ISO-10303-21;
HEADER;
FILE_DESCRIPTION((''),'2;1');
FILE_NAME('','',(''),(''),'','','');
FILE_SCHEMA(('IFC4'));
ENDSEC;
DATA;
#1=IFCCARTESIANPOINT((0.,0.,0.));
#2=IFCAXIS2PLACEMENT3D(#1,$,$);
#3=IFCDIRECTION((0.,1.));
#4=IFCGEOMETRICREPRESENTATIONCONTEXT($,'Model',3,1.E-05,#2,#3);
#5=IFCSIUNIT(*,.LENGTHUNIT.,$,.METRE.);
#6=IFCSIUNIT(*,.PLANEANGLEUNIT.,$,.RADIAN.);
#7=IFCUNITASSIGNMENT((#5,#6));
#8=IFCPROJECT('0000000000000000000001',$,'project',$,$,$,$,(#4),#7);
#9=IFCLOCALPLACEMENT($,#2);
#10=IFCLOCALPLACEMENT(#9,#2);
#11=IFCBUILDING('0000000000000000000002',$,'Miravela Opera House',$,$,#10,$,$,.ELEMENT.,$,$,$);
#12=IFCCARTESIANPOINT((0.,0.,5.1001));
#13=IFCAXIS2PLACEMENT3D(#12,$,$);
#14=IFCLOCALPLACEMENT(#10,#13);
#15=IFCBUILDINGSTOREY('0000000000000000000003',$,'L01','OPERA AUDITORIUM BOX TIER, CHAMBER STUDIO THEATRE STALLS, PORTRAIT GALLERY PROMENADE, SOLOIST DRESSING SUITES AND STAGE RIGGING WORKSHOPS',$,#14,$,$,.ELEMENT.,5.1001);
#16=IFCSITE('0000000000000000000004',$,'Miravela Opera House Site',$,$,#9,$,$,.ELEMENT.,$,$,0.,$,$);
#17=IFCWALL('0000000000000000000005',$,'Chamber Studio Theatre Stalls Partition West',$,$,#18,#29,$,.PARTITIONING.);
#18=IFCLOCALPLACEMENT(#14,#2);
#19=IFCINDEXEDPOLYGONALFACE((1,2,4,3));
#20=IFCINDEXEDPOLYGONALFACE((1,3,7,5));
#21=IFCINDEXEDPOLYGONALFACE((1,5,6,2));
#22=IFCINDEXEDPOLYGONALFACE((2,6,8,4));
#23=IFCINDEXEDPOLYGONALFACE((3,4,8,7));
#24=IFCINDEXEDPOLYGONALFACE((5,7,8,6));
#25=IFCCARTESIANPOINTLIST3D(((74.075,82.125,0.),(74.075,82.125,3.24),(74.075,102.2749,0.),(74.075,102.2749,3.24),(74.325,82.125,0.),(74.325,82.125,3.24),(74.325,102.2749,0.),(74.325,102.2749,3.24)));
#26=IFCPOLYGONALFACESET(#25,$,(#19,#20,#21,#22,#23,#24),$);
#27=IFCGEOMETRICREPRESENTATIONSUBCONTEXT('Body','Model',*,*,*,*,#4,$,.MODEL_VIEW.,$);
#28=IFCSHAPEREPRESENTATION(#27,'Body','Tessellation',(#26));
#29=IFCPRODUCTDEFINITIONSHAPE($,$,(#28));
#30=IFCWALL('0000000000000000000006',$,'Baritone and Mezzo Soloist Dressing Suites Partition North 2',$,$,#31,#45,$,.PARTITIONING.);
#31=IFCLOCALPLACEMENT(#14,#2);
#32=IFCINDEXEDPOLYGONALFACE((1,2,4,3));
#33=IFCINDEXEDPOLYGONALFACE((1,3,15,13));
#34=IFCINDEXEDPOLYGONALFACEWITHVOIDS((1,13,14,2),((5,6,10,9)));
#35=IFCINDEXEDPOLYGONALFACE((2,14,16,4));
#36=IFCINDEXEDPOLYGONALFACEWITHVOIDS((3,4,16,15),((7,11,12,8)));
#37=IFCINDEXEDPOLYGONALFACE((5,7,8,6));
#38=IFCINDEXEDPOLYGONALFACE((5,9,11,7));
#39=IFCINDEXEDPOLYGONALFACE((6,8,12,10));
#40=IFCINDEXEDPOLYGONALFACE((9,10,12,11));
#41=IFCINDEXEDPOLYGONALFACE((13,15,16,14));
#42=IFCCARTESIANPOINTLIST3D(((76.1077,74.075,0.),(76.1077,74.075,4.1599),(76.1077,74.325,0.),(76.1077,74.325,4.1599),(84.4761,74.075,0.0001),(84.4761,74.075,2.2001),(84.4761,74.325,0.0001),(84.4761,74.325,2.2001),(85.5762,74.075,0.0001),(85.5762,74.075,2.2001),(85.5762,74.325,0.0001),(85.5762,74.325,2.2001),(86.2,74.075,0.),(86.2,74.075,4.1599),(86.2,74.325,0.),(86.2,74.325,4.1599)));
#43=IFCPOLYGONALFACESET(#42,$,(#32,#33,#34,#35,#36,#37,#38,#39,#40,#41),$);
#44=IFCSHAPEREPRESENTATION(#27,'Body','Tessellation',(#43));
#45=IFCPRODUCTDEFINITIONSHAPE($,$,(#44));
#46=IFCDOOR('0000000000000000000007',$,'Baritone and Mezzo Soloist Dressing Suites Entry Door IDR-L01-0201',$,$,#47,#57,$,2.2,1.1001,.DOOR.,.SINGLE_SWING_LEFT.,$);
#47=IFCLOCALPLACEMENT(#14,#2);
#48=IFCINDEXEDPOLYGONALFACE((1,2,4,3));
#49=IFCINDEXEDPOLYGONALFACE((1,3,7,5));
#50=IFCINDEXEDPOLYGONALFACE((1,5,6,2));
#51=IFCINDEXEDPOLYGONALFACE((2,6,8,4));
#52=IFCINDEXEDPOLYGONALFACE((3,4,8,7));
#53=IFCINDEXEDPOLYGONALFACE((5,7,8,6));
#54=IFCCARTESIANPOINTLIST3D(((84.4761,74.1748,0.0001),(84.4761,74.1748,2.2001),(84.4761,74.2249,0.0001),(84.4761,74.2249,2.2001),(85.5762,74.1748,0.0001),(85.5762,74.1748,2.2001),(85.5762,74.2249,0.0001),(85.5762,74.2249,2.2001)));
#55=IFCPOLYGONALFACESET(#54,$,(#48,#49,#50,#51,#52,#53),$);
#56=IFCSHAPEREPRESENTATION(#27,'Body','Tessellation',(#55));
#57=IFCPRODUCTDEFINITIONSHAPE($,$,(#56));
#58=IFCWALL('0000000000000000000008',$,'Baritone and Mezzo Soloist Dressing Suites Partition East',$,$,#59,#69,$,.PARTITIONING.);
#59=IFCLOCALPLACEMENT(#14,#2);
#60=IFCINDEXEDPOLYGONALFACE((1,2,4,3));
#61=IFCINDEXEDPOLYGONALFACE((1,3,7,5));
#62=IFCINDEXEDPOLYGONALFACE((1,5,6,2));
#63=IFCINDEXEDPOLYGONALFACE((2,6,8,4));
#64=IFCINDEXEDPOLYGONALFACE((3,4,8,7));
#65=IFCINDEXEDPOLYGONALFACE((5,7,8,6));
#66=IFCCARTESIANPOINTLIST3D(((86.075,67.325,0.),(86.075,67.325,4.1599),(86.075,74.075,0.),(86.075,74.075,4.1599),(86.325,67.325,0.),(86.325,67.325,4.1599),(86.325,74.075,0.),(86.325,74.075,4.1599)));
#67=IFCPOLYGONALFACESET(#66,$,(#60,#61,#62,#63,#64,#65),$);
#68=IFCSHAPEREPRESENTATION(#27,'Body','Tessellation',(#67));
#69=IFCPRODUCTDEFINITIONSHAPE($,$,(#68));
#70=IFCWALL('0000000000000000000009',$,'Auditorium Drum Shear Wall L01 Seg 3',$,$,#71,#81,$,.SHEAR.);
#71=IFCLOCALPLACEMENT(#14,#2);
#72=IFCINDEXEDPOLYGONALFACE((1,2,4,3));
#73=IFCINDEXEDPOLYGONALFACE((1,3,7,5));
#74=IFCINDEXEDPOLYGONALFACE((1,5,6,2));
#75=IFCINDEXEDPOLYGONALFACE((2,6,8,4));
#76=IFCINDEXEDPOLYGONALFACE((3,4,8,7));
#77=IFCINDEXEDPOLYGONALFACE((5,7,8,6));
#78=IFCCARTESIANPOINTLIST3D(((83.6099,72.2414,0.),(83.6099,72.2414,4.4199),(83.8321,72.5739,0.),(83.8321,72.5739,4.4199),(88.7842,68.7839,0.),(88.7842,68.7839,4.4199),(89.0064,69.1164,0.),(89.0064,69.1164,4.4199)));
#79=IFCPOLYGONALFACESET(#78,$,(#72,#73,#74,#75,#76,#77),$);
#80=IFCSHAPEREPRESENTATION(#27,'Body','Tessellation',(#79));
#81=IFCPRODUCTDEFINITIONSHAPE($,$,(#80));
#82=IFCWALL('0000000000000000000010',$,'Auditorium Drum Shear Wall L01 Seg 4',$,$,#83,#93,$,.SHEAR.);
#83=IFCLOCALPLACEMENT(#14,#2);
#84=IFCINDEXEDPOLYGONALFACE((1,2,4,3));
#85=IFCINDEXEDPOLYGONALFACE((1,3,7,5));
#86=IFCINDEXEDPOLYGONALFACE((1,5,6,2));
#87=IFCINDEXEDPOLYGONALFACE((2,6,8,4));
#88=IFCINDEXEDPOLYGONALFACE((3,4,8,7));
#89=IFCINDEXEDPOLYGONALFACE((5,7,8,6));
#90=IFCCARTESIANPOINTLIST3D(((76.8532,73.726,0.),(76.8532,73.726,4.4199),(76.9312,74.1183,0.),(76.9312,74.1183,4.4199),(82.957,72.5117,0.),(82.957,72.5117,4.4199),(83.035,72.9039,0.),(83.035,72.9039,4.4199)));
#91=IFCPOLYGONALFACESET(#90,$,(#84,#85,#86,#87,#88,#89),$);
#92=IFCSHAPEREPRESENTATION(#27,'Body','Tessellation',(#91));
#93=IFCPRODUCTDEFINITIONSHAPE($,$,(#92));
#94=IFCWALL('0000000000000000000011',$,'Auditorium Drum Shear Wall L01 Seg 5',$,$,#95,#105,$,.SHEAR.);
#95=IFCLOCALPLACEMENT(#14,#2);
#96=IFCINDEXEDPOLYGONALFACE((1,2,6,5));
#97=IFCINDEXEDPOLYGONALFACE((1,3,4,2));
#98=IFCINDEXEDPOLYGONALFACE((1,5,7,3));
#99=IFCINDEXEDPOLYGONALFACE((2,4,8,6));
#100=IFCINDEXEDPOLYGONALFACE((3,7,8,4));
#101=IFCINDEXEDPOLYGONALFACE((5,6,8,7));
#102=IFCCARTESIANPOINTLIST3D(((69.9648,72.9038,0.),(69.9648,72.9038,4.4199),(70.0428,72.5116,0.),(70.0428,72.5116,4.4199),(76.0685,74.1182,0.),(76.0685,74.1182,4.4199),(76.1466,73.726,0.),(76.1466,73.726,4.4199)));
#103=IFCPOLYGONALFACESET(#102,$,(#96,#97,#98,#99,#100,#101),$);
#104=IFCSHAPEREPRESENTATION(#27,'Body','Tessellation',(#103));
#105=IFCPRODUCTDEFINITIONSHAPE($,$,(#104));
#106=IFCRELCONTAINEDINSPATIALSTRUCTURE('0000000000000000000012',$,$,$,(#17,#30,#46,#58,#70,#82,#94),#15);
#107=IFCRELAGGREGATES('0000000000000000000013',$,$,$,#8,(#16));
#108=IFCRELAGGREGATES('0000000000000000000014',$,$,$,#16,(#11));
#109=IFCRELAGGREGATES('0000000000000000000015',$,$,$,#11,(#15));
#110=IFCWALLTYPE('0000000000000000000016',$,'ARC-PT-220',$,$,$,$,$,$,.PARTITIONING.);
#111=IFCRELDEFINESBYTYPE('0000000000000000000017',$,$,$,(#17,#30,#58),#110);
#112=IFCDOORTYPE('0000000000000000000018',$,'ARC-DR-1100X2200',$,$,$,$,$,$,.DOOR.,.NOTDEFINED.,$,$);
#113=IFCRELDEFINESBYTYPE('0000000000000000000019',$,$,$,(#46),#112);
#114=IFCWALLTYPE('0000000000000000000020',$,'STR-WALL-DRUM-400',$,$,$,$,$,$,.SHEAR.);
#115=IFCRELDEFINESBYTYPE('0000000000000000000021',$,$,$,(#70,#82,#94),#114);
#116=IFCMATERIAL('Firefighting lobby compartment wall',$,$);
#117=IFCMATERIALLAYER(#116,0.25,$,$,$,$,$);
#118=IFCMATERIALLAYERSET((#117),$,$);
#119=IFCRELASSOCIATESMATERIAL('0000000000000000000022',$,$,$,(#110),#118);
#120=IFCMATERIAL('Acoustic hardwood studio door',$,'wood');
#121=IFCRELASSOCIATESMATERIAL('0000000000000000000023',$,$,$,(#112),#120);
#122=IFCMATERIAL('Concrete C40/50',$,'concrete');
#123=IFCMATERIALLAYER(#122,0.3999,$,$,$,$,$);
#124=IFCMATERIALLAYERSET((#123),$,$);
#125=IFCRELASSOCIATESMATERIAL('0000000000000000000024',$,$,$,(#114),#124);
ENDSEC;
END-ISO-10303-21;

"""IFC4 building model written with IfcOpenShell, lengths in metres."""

from ifc_helpers import new_model, si_unit, direction, frame, frame_2d, origin, place, context, subcontext, project, spatial, rectangle, extrude, material, layer, layer_set, type_object, element, fill, save


model = new_model("IFC4")

# Units and contexts
model_context = context("Model", 3, precision=1e-05, world=origin(), true_north=direction((0.0, 1.0)))
body_context = subcontext(model_context, "Body", "Model", "MODEL_VIEW")
ifc_project = project(units=[si_unit("LENGTHUNIT", "METRE"), si_unit("PLANEANGLEUNIT", "RADIAN")], contexts=[model_context])

# Site, building, storey
site_placement = place(None, origin())
site = spatial("IfcSite", under=ifc_project, at=site_placement, Name="Miravela Opera House Site", CompositionType="ELEMENT", RefElevation=0.0)
building_placement = place(site_placement, origin())
building = spatial("IfcBuilding", under=site, at=building_placement, Name="Miravela Opera House", CompositionType="ELEMENT")
storey_placement = place(building_placement, frame((0.0, 0.0, 5.1001)))
storey = spatial("IfcBuildingStorey", under=building, at=storey_placement, Name="L01", Description="OPERA AUDITORIUM BOX TIER, CHAMBER STUDIO THEATRE STALLS, PORTRAIT GALLERY PROMENADE, SOLOIST DRESSING SUITES AND STAGE RIGGING WORKSHOPS", CompositionType="ELEMENT", Elevation=5.1001)

# Shared definitions
ifc_material_1 = material(Name="Concrete C40/50", Category="concrete")

# Shared definitions
ifc_material_2 = material(Name="Firefighting lobby compartment wall")
ifc_layer_1 = layer(ifc_material_2, 0.25)
ifc_layer_set_1 = layer_set([ifc_layer_1])
wall_type_1 = type_object("IfcWallType", Name="ARC-PT-220", PredefinedType="PARTITIONING", material=ifc_layer_set_1)

# Wall
wall_1_placement = place(storey_placement, frame((74.2, 82.125, 0.0), z_axis=(0.0, 0.0, 1.0), x_axis=(0.0, 1.0, 0.0)))
element("IfcWall", 1, at=wall_1_placement, inside=storey, type_object=wall_type_1, Name="Chamber Studio Theatre Stalls Partition West", PredefinedType="PARTITIONING", context=body_context, shape_type="SweptSolid", body=[
    extrude(rectangle(XDim=20.1499, YDim=0.25, at=frame_2d((10.075, 0.0))), origin(), (0.0, 0.0, 1.0), 3.24),
])

# Wall, opening, door
wall_2_placement = place(storey_placement, frame((76.1077, 74.2, 0.0), z_axis=(0.0, 0.0, 1.0), x_axis=(1.0, 0.0, 0.0)))
wall_2 = element("IfcWall", 2, at=wall_2_placement, inside=storey, type_object=wall_type_1, Name="Baritone and Mezzo Soloist Dressing Suites Partition North 2", PredefinedType="PARTITIONING", context=body_context, shape_type="SweptSolid", body=[
    extrude(rectangle(XDim=10.0923, YDim=0.25, at=frame_2d((5.0461, 0.0))), origin(), (0.0, 0.0, 1.0), 4.1599),
])
opening_1_placement = place(wall_2_placement, frame((8.3684, 0.0, 0.0)))
opening_1 = element("IfcOpeningElement", 3, at=opening_1_placement, cuts=wall_2, PredefinedType="OPENING", context=body_context, shape_type="SweptSolid", body=[
    extrude(rectangle(XDim=1.1001, YDim=2.2, at=frame_2d((0.55, 1.1001))), frame((0.0, 0.135, 0.0), z_axis=(0.0, -1.0, 0.0), x_axis=(1.0, 0.0, 0.0)), (0.0, 0.0, 1.0), 0.27),
])
ifc_material_3 = material(Name="Acoustic hardwood studio door", Category="wood")
door_type_1 = type_object("IfcDoorType", Name="ARC-DR-1100X2200", OperationType="NOTDEFINED", PredefinedType="DOOR", material=ifc_material_3)
door_1_placement = place(opening_1_placement, origin())
door_1 = element("IfcDoor", 4, at=door_1_placement, inside=storey, type_object=door_type_1, Name="Baritone and Mezzo Soloist Dressing Suites Entry Door IDR-L01-0201", OperationType="SINGLE_SWING_LEFT", OverallHeight=2.2, OverallWidth=1.1001, PredefinedType="DOOR", context=body_context, shape_type="SweptSolid", body=[
    extrude(rectangle(XDim=1.1001, YDim=2.2, at=frame_2d((0.55, 1.1001))), frame((0.0, 0.0249, 0.0), z_axis=(0.0, -1.0, 0.0), x_axis=(1.0, 0.0, 0.0)), (0.0, 0.0, 1.0), 0.05),
])
fill(opening_1, door_1)

# Walls
wall_3_placement = place(storey_placement, frame((86.2, 67.325, 0.0), z_axis=(0.0, 0.0, 1.0), x_axis=(0.0, 1.0, 0.0)))
element("IfcWall", 5, at=wall_3_placement, inside=storey, type_object=wall_type_1, Name="Baritone and Mezzo Soloist Dressing Suites Partition East", PredefinedType="PARTITIONING", context=body_context, shape_type="SweptSolid", body=[
    extrude(rectangle(XDim=6.75, YDim=0.25, at=frame_2d((3.375, 0.0))), origin(), (0.0, 0.0, 1.0), 4.1599),
])
ifc_layer_2 = layer(ifc_material_1, 0.3999)
ifc_layer_set_2 = layer_set([ifc_layer_2])
wall_type_2 = type_object("IfcWallType", Name="STR-WALL-DRUM-400", PredefinedType="SHEAR", material=ifc_layer_set_2)
wall_4_placement = place(storey_placement, frame((88.8953, 68.9502, 0.0), z_axis=(0.0, 0.0, 1.0), x_axis=(-0.831458, 0.555587, 0.0)))
element("IfcWall", 6, at=wall_4_placement, inside=storey, type_object=wall_type_2, Name="Auditorium Drum Shear Wall L01 Seg 3", PredefinedType="SHEAR", context=body_context, shape_type="SweptSolid", body=[
    extrude(rectangle(XDim=6.2231, YDim=0.3999, at=frame_2d((3.1116, 0.0))), origin(), (0.0, 0.0, 1.0), 4.4199),
])
for number, where, z_axis, x_axis, name in (
    (7, (82.9961, 72.7078, 0.0), (0.0, 0.0, 1.0), (-0.980778, 0.195128, 0.0), "Auditorium Drum Shear Wall L01 Seg 4"),
    (8, (76.1077, 73.9221, 0.0), (0.0, 0.0, 1.0), (-0.980778, -0.195128, 0.0), "Auditorium Drum Shear Wall L01 Seg 5"),
):
    element("IfcWall", number, at=place(storey_placement, frame(where, z_axis=z_axis, x_axis=x_axis)), inside=storey, type_object=wall_type_2, Name=name, PredefinedType="SHEAR", context=body_context, shape_type="SweptSolid", body=[
        extrude(rectangle(XDim=6.2234, YDim=0.3999, at=frame_2d((3.1118, 0.0))), origin(), (0.0, 0.0, 1.0), 4.4199),
    ])

save(model, "model.ifc")
